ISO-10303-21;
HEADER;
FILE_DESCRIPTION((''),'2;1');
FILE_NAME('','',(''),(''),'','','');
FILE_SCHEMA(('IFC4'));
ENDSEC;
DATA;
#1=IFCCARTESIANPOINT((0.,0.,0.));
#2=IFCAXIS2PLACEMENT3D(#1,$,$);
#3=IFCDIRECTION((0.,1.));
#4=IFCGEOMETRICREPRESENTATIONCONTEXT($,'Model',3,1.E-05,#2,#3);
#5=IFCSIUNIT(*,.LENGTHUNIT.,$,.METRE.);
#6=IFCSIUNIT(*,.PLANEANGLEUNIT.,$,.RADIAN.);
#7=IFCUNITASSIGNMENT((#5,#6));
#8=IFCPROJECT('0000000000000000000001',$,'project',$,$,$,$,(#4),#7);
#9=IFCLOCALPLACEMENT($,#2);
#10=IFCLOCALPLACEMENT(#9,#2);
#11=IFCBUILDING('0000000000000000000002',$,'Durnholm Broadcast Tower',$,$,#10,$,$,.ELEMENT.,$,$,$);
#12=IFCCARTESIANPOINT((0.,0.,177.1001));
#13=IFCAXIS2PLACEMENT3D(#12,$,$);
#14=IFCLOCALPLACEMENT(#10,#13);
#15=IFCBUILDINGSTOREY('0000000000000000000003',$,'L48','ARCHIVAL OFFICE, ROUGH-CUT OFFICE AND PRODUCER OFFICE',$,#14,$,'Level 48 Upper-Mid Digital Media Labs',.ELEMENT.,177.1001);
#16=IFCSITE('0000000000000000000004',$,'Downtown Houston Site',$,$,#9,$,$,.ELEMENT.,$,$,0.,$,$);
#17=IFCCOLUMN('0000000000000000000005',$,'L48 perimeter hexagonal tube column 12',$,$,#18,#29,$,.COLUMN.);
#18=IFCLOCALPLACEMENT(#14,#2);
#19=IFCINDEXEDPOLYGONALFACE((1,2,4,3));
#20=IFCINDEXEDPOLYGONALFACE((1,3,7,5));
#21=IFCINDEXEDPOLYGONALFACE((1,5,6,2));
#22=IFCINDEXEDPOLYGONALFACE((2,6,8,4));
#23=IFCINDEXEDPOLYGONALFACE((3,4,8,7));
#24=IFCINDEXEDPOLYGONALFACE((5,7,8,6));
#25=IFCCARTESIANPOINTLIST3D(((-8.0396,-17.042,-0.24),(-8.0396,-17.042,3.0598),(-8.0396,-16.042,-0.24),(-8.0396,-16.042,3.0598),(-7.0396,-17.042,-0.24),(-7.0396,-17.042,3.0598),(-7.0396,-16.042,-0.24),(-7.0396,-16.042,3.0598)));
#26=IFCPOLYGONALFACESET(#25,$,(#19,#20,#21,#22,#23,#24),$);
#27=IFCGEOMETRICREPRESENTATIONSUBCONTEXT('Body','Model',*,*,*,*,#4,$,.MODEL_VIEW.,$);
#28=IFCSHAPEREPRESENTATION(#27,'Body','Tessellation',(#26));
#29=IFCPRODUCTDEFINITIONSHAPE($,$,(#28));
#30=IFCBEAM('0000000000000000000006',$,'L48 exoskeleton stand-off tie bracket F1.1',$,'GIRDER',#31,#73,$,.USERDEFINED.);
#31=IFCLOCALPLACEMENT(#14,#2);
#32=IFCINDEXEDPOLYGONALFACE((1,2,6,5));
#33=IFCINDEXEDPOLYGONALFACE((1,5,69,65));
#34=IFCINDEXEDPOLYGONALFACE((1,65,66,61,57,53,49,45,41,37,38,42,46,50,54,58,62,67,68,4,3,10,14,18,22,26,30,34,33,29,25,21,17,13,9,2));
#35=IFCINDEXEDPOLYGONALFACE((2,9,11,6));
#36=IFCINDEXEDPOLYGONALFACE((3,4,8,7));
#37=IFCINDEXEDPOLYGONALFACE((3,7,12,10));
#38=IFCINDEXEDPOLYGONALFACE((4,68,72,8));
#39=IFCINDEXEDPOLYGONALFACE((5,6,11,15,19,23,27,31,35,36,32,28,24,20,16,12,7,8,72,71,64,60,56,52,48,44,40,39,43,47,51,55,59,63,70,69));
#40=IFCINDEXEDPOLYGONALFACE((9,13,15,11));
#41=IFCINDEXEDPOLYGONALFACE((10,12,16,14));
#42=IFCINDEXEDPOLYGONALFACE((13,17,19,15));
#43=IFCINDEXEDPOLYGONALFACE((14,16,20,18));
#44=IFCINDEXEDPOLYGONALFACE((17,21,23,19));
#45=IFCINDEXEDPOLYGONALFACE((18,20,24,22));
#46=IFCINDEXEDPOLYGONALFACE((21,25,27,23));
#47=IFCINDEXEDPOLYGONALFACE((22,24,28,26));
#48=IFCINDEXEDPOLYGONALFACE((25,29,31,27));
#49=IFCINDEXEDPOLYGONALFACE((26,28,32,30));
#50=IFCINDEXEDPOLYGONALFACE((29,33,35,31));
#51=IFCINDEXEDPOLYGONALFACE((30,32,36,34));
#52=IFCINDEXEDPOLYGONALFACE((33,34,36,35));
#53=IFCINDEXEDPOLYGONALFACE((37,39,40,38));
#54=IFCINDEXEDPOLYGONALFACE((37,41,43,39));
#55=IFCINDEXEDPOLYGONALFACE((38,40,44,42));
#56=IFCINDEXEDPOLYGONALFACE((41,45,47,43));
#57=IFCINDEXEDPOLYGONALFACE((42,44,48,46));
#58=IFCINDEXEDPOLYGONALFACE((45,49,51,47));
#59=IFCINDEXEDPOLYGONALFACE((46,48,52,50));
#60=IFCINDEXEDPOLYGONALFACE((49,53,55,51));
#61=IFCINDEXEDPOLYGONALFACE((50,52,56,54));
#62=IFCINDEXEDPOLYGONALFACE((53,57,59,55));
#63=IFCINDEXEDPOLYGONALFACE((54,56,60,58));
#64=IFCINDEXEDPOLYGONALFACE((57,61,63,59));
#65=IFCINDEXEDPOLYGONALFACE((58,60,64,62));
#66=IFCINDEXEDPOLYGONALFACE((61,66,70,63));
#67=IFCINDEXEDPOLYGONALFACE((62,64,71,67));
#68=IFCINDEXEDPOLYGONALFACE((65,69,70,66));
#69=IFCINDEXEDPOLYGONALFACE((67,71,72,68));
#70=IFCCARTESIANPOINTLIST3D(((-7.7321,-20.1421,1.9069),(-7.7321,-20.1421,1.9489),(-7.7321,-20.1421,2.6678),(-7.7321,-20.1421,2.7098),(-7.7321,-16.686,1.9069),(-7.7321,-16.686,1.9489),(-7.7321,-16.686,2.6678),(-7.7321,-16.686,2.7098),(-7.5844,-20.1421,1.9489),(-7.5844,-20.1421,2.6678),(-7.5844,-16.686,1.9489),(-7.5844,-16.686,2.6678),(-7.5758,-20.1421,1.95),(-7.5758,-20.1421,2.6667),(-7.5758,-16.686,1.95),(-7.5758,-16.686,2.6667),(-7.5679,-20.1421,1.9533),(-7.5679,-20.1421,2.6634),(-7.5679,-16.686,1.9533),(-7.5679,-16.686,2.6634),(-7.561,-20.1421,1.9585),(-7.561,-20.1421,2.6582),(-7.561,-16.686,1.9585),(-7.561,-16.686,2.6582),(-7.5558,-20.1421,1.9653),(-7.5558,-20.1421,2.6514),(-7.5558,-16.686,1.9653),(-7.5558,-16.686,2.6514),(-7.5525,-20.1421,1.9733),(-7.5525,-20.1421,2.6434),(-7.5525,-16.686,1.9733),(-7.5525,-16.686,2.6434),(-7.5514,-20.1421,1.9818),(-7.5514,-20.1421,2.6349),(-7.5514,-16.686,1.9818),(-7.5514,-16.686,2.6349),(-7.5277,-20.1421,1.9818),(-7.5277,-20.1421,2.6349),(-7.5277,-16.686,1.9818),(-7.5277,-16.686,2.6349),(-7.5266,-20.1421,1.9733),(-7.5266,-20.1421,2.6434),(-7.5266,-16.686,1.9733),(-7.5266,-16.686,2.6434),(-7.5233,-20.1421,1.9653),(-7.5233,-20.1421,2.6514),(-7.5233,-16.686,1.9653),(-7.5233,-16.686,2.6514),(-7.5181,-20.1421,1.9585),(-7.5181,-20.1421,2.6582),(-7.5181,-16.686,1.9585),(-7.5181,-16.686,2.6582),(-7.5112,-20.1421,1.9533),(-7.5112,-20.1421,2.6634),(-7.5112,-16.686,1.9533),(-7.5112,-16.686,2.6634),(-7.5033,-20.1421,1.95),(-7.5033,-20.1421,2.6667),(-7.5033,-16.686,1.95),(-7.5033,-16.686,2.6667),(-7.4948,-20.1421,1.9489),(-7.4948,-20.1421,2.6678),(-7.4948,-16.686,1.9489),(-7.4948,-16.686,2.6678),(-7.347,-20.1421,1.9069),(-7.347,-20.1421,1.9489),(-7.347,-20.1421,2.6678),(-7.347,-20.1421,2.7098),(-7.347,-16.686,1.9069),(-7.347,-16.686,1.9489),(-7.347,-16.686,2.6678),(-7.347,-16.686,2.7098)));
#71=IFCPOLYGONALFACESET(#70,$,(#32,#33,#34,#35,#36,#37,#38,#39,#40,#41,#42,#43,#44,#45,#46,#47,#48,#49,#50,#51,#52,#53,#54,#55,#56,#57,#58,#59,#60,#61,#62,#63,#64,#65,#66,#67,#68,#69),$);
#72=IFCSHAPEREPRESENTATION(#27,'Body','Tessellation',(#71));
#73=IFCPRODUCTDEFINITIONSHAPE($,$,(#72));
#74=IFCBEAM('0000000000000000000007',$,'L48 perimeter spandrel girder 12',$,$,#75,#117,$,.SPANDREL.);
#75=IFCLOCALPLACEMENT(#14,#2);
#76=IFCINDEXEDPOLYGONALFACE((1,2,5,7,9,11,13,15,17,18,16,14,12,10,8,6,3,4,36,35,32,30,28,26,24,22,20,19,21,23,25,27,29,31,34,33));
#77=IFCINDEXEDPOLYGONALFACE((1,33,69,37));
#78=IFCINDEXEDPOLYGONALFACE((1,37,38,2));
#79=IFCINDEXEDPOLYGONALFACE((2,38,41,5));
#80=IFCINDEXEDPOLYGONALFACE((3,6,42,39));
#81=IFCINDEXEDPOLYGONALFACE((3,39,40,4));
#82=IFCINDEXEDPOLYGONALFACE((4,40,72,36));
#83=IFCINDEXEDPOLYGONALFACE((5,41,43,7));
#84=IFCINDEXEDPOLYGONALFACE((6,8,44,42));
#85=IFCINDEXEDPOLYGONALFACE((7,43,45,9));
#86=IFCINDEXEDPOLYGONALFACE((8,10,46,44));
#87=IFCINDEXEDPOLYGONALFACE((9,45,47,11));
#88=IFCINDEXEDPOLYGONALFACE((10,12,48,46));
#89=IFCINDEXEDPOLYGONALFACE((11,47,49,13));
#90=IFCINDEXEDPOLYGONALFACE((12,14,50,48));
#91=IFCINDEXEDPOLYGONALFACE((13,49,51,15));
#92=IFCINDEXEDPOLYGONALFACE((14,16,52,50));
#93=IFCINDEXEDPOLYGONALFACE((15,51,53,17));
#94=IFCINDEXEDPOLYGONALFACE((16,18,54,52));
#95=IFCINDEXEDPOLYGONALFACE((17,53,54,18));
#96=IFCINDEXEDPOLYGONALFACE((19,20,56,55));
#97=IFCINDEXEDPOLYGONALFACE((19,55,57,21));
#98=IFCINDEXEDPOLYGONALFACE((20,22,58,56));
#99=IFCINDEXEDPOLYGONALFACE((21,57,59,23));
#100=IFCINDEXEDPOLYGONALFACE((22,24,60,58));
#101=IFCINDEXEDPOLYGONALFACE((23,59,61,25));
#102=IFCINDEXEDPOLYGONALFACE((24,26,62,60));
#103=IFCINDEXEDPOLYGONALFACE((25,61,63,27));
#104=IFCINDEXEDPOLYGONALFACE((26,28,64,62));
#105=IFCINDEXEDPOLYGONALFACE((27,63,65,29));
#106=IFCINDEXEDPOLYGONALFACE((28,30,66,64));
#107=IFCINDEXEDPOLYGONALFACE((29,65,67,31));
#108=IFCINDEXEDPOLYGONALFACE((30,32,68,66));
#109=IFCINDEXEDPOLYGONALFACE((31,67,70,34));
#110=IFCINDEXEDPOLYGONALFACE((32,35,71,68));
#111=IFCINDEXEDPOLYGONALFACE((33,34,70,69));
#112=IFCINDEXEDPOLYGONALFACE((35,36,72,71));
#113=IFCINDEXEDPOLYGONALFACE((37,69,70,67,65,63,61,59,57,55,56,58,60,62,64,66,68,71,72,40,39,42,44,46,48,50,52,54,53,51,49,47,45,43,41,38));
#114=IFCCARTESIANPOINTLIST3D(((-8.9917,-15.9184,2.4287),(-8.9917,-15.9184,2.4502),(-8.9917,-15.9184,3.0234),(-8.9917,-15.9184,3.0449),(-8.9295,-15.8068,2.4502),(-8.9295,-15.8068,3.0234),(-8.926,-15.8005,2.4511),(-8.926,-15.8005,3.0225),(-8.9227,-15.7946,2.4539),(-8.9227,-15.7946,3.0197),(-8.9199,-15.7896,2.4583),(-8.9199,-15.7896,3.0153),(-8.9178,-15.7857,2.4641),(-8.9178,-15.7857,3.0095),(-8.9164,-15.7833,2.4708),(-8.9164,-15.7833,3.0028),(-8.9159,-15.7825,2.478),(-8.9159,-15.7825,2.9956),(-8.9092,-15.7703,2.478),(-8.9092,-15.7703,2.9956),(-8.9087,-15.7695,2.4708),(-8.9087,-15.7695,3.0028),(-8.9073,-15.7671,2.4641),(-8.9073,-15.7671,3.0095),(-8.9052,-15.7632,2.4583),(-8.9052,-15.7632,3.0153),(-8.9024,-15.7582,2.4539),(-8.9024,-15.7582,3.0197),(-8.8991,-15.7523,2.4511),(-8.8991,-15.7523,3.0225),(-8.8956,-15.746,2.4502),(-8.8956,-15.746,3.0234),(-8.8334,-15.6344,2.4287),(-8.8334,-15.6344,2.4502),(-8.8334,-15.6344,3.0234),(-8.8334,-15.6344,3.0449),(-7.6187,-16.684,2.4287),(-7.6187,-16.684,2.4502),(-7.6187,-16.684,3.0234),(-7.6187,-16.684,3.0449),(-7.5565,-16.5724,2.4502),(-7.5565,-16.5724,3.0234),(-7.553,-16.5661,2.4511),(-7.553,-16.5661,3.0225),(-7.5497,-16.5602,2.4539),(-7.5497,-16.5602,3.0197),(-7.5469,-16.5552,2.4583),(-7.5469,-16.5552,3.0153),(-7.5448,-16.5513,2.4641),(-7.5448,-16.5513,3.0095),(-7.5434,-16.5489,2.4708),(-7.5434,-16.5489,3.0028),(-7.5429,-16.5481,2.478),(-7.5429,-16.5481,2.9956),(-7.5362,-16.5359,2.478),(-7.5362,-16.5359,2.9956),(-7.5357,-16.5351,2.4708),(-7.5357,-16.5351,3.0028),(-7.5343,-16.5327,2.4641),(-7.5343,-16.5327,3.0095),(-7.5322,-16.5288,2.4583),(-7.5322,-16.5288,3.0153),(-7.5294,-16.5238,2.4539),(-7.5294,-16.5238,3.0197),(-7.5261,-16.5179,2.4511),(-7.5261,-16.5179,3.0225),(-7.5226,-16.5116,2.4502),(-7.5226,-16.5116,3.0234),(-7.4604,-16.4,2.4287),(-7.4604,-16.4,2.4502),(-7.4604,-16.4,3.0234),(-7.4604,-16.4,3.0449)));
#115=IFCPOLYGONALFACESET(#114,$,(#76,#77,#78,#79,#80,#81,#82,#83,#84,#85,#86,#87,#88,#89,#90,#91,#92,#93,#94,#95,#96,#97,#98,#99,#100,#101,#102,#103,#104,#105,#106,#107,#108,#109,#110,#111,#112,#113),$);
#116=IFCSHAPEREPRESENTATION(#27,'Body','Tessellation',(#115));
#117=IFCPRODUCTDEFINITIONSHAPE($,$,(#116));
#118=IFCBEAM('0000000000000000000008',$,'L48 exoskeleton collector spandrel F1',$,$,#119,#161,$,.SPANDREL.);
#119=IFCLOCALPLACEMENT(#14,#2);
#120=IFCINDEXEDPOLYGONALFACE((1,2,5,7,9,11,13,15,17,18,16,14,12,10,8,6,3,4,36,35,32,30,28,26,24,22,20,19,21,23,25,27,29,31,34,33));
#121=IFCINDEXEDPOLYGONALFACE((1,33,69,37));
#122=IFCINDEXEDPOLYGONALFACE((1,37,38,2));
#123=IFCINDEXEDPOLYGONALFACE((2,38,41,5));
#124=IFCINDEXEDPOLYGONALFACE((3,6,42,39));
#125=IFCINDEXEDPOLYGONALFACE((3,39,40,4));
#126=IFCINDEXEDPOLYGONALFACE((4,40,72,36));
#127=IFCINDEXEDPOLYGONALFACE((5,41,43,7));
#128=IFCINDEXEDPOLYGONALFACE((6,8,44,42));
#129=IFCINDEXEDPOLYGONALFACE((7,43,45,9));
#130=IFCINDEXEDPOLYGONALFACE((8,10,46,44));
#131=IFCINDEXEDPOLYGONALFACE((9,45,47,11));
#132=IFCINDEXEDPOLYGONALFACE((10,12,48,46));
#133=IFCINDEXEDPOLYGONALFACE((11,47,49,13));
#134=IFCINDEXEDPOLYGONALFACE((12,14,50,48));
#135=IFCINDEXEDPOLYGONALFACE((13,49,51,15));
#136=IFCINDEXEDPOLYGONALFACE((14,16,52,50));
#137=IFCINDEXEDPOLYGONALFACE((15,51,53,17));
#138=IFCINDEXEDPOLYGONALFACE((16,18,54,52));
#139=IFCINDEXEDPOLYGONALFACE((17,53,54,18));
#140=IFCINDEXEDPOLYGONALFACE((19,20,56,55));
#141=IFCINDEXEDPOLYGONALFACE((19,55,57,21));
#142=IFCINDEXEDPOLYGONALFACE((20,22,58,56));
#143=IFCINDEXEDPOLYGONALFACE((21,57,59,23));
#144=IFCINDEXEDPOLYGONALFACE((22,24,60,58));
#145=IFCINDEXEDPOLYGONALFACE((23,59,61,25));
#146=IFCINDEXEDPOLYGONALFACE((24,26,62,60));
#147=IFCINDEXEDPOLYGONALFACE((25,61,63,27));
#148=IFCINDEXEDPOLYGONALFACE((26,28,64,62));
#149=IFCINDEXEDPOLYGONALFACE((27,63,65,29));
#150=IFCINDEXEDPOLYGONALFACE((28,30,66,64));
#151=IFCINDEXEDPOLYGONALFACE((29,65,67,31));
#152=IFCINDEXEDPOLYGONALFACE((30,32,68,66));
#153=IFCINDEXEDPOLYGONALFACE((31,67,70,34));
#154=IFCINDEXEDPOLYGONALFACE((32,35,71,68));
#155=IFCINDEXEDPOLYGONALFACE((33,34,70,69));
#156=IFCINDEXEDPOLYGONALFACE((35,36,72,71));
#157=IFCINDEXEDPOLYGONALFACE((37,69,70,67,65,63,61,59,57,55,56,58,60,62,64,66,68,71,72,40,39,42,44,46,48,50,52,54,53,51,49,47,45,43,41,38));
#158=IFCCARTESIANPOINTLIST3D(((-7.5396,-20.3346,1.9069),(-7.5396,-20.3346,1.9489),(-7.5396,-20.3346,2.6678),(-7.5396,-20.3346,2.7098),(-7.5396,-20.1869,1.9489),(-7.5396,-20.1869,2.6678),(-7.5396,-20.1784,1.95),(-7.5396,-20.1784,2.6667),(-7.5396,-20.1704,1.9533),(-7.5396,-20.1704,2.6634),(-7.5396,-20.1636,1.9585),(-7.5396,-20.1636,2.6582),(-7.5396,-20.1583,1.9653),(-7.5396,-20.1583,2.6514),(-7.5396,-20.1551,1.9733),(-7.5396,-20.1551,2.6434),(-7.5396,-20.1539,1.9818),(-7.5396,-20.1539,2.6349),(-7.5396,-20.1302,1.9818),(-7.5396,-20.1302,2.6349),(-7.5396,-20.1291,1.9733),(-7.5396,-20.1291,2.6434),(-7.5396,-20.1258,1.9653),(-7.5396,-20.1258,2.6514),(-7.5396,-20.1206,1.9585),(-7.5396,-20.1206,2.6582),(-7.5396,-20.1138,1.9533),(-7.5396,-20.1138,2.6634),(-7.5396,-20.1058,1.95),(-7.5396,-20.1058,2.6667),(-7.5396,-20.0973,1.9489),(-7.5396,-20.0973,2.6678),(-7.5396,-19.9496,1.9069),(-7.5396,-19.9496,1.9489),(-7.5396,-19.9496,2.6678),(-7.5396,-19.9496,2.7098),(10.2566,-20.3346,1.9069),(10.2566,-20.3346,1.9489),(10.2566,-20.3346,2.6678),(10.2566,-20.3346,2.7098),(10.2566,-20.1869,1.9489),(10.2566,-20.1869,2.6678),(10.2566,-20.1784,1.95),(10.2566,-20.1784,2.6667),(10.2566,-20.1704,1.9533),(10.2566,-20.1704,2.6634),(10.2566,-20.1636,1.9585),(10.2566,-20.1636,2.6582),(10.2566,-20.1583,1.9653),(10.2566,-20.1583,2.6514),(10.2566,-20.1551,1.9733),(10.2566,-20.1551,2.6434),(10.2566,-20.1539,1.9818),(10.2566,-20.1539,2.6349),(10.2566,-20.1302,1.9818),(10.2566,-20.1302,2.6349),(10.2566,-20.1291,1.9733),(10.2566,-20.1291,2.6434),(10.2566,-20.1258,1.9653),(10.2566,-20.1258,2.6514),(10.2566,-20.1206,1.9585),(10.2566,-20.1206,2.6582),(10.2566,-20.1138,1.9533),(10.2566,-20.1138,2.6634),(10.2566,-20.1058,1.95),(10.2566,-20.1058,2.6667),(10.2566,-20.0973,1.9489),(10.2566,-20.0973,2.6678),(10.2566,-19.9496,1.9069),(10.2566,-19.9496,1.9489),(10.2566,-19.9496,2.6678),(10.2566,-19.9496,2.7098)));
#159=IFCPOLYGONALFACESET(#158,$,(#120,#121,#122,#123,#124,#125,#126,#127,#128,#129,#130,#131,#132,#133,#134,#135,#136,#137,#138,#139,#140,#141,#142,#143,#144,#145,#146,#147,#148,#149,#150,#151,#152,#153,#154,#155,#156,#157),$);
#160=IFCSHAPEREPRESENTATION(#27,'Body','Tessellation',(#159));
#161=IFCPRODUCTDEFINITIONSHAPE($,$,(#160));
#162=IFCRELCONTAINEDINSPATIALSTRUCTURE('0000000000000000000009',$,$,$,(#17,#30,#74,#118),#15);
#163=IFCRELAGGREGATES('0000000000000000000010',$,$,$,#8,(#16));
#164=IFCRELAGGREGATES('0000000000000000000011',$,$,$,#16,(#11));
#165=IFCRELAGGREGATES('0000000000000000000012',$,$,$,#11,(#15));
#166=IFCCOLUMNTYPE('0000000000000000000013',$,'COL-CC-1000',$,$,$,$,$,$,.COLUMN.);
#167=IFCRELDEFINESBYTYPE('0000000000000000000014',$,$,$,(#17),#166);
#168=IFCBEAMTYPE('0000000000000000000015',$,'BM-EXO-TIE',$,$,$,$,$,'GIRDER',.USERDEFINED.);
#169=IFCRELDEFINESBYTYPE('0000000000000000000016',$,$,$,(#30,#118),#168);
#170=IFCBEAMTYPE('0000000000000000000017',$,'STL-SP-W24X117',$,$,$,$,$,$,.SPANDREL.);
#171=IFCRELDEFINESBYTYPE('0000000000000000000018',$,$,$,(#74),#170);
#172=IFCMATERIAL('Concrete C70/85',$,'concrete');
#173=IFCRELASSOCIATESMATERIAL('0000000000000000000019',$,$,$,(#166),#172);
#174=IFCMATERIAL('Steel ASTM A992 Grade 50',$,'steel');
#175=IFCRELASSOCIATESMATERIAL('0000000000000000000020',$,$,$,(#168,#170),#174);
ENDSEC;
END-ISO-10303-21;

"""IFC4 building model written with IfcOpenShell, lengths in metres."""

from ifc_helpers import new_model, si_unit, direction, frame, origin, origin_2d, place, context, subcontext, project, spatial, rectangle, i_section, extrude, source, transform, mapped, material, material_profile, profile_set, type_object, type_shapes, element, save


model = new_model("IFC4")

# Units and contexts
model_context = context("Model", 3, precision=1e-05, world=origin(), true_north=direction((0.0, 1.0)))
body_context = subcontext(model_context, "Body", "Model", "MODEL_VIEW")
ifc_project = project(units=[si_unit("LENGTHUNIT", "METRE"), si_unit("PLANEANGLEUNIT", "RADIAN")], contexts=[model_context])

# Site, building, storey
site_placement = place(None, origin())
site = spatial("IfcSite", under=ifc_project, at=site_placement, Name="Downtown Houston Site", CompositionType="ELEMENT", RefElevation=0.0)
building_placement = place(site_placement, origin())
building = spatial("IfcBuilding", under=site, at=building_placement, Name="Durnholm Broadcast Tower", CompositionType="ELEMENT")
storey_placement = place(building_placement, frame((0.0, 0.0, 177.1001)))
storey = spatial("IfcBuildingStorey", under=building, at=storey_placement, Name="L48", Description="ARCHIVAL OFFICE, ROUGH-CUT OFFICE AND PRODUCER OFFICE", LongName="Level 48 Upper-Mid Digital Media Labs", CompositionType="ELEMENT", Elevation=177.1001)

# Column
ifc_material_1 = material(Name="Concrete C70/85", Category="concrete")
ifc_material_profile_1 = material_profile(ifc_material_1, rectangle(XDim=1.0, YDim=1.0, at=origin_2d()), Name="RC1000X1000")
ifc_profile_set_1 = profile_set([ifc_material_profile_1], Name="Concrete C70/85")
column_type = type_object("IfcColumnType", Name="COL-CC-1000", PredefinedType="COLUMN", material=ifc_profile_set_1)
shared_shape_1 = source(origin(), body_context, "Body", "SweptSolid", [
    extrude(rectangle(XDim=1.0, YDim=1.0, at=origin_2d()), origin(), (0.0, 0.0, 1.0), 3.2998),
])
type_shapes(column_type, [shared_shape_1])
column_placement = place(storey_placement, frame((-7.5396, -16.542, -0.24), z_axis=(0.0, 0.0, 1.0), x_axis=(1.0, 0.0, 0.0)))
element("IfcColumn", 1, at=column_placement, inside=storey, type_object=column_type, Name="L48 perimeter hexagonal tube column 12", PredefinedType="COLUMN", context=body_context, shape_type="MappedRepresentation", body=[
    mapped(shared_shape_1, transform((0.0, 0.0, 0.0), x_axis=(1.0, 0.0, 0.0), y_axis=(0.0, 1.0, 0.0), z_axis=(0.0, 0.0, 1.0), scale=1.0)),
])

# Beams
ifc_material_2 = material(Name="Steel ASTM A992 Grade 50", Category="steel")
ifc_material_profile_2 = material_profile(ifc_material_2, i_section(OverallWidth=0.385, OverallDepth=0.803, WebThickness=0.0237, FlangeThickness=0.042, FilletRadius=0.033, at=origin_2d()), Name="W30X261")
ifc_profile_set_2 = profile_set([ifc_material_profile_2], Name="Steel ASTM A992 Grade 50")
beam_type_1 = type_object("IfcBeamType", Name="BM-EXO-TIE", ElementType="GIRDER", PredefinedType="USERDEFINED", material=ifc_profile_set_2)
shared_shape_2 = source(origin(), body_context, "Body", "SweptSolid", [
    extrude(i_section(OverallWidth=0.385, OverallDepth=0.803, WebThickness=0.0237, FlangeThickness=0.042, FilletRadius=0.033, at=origin_2d()), origin(), (0.0, 0.0, 1.0), 3.4561),
])
beam_1_placement = place(storey_placement, frame((-7.5396, -16.686, 2.3083), z_axis=(0.0, -1.0, 0.0), x_axis=(1.0, 0.0, 0.0)))
element("IfcBeam", 2, at=beam_1_placement, inside=storey, type_object=beam_type_1, Name="L48 exoskeleton stand-off tie bracket F1.1", ObjectType="GIRDER", PredefinedType="USERDEFINED", context=body_context, shape_type="MappedRepresentation", body=[
    mapped(shared_shape_2, transform((0.0, 0.0, 0.0), x_axis=(1.0, 0.0, 0.0), y_axis=(0.0, 1.0, 0.0), z_axis=(0.0, 0.0, 1.0), scale=1.0)),
])
ifc_material_profile_3 = material_profile(ifc_material_2, i_section(OverallWidth=0.3252, OverallDepth=0.6162, WebThickness=0.0139, FlangeThickness=0.0215, FilletRadius=0.0278, at=origin_2d()), Name="W24X117")
ifc_profile_set_3 = profile_set([ifc_material_profile_3], Name="Steel ASTM A992 Grade 50")
beam_type_2 = type_object("IfcBeamType", Name="STL-SP-W24X117", PredefinedType="SPANDREL", material=ifc_profile_set_3)
shared_shape_3 = source(origin(), body_context, "Body", "SweptSolid", [
    extrude(i_section(OverallWidth=0.3252, OverallDepth=0.6162, WebThickness=0.0139, FlangeThickness=0.0215, FilletRadius=0.0278, at=origin_2d()), origin(), (0.0, 0.0, 1.0), 1.572),
])
type_shapes(beam_type_2, [shared_shape_3])
beam_2_placement = place(storey_placement, frame((-7.5396, -16.542, 2.7368), z_axis=(-0.873394, 0.487014, 0.0), x_axis=(-0.487014, -0.873394, 0.0)))
element("IfcBeam", 3, at=beam_2_placement, inside=storey, type_object=beam_type_2, Name="L48 perimeter spandrel girder 12", PredefinedType="SPANDREL", context=body_context, shape_type="MappedRepresentation", body=[
    mapped(shared_shape_3, transform((0.0, 0.0, 0.0), x_axis=(1.0, 0.0, 0.0), y_axis=(0.0, 1.0, 0.0), z_axis=(0.0, 0.0, 1.0), scale=1.0)),
])
shared_shape_4 = source(origin(), body_context, "Body", "SweptSolid", [
    extrude(i_section(OverallWidth=0.385, OverallDepth=0.803, WebThickness=0.0237, FlangeThickness=0.042, FilletRadius=0.033, at=origin_2d()), origin(), (0.0, 0.0, 1.0), 17.7961),
])
type_shapes(beam_type_1, [shared_shape_2, shared_shape_4])
beam_3_placement = place(storey_placement, frame((-7.5396, -20.1421, 2.3083), z_axis=(1.0, 0.0, 0.0), x_axis=(0.0, 1.0, 0.0)))
element("IfcBeam", 4, at=beam_3_placement, inside=storey, type_object=beam_type_1, Name="L48 exoskeleton collector spandrel F1", PredefinedType="SPANDREL", context=body_context, shape_type="MappedRepresentation", body=[
    mapped(shared_shape_4, transform((0.0, 0.0, 0.0), x_axis=(1.0, 0.0, 0.0), y_axis=(0.0, 1.0, 0.0), z_axis=(0.0, 0.0, 1.0), scale=1.0)),
])

save(model, "model.ifc")
